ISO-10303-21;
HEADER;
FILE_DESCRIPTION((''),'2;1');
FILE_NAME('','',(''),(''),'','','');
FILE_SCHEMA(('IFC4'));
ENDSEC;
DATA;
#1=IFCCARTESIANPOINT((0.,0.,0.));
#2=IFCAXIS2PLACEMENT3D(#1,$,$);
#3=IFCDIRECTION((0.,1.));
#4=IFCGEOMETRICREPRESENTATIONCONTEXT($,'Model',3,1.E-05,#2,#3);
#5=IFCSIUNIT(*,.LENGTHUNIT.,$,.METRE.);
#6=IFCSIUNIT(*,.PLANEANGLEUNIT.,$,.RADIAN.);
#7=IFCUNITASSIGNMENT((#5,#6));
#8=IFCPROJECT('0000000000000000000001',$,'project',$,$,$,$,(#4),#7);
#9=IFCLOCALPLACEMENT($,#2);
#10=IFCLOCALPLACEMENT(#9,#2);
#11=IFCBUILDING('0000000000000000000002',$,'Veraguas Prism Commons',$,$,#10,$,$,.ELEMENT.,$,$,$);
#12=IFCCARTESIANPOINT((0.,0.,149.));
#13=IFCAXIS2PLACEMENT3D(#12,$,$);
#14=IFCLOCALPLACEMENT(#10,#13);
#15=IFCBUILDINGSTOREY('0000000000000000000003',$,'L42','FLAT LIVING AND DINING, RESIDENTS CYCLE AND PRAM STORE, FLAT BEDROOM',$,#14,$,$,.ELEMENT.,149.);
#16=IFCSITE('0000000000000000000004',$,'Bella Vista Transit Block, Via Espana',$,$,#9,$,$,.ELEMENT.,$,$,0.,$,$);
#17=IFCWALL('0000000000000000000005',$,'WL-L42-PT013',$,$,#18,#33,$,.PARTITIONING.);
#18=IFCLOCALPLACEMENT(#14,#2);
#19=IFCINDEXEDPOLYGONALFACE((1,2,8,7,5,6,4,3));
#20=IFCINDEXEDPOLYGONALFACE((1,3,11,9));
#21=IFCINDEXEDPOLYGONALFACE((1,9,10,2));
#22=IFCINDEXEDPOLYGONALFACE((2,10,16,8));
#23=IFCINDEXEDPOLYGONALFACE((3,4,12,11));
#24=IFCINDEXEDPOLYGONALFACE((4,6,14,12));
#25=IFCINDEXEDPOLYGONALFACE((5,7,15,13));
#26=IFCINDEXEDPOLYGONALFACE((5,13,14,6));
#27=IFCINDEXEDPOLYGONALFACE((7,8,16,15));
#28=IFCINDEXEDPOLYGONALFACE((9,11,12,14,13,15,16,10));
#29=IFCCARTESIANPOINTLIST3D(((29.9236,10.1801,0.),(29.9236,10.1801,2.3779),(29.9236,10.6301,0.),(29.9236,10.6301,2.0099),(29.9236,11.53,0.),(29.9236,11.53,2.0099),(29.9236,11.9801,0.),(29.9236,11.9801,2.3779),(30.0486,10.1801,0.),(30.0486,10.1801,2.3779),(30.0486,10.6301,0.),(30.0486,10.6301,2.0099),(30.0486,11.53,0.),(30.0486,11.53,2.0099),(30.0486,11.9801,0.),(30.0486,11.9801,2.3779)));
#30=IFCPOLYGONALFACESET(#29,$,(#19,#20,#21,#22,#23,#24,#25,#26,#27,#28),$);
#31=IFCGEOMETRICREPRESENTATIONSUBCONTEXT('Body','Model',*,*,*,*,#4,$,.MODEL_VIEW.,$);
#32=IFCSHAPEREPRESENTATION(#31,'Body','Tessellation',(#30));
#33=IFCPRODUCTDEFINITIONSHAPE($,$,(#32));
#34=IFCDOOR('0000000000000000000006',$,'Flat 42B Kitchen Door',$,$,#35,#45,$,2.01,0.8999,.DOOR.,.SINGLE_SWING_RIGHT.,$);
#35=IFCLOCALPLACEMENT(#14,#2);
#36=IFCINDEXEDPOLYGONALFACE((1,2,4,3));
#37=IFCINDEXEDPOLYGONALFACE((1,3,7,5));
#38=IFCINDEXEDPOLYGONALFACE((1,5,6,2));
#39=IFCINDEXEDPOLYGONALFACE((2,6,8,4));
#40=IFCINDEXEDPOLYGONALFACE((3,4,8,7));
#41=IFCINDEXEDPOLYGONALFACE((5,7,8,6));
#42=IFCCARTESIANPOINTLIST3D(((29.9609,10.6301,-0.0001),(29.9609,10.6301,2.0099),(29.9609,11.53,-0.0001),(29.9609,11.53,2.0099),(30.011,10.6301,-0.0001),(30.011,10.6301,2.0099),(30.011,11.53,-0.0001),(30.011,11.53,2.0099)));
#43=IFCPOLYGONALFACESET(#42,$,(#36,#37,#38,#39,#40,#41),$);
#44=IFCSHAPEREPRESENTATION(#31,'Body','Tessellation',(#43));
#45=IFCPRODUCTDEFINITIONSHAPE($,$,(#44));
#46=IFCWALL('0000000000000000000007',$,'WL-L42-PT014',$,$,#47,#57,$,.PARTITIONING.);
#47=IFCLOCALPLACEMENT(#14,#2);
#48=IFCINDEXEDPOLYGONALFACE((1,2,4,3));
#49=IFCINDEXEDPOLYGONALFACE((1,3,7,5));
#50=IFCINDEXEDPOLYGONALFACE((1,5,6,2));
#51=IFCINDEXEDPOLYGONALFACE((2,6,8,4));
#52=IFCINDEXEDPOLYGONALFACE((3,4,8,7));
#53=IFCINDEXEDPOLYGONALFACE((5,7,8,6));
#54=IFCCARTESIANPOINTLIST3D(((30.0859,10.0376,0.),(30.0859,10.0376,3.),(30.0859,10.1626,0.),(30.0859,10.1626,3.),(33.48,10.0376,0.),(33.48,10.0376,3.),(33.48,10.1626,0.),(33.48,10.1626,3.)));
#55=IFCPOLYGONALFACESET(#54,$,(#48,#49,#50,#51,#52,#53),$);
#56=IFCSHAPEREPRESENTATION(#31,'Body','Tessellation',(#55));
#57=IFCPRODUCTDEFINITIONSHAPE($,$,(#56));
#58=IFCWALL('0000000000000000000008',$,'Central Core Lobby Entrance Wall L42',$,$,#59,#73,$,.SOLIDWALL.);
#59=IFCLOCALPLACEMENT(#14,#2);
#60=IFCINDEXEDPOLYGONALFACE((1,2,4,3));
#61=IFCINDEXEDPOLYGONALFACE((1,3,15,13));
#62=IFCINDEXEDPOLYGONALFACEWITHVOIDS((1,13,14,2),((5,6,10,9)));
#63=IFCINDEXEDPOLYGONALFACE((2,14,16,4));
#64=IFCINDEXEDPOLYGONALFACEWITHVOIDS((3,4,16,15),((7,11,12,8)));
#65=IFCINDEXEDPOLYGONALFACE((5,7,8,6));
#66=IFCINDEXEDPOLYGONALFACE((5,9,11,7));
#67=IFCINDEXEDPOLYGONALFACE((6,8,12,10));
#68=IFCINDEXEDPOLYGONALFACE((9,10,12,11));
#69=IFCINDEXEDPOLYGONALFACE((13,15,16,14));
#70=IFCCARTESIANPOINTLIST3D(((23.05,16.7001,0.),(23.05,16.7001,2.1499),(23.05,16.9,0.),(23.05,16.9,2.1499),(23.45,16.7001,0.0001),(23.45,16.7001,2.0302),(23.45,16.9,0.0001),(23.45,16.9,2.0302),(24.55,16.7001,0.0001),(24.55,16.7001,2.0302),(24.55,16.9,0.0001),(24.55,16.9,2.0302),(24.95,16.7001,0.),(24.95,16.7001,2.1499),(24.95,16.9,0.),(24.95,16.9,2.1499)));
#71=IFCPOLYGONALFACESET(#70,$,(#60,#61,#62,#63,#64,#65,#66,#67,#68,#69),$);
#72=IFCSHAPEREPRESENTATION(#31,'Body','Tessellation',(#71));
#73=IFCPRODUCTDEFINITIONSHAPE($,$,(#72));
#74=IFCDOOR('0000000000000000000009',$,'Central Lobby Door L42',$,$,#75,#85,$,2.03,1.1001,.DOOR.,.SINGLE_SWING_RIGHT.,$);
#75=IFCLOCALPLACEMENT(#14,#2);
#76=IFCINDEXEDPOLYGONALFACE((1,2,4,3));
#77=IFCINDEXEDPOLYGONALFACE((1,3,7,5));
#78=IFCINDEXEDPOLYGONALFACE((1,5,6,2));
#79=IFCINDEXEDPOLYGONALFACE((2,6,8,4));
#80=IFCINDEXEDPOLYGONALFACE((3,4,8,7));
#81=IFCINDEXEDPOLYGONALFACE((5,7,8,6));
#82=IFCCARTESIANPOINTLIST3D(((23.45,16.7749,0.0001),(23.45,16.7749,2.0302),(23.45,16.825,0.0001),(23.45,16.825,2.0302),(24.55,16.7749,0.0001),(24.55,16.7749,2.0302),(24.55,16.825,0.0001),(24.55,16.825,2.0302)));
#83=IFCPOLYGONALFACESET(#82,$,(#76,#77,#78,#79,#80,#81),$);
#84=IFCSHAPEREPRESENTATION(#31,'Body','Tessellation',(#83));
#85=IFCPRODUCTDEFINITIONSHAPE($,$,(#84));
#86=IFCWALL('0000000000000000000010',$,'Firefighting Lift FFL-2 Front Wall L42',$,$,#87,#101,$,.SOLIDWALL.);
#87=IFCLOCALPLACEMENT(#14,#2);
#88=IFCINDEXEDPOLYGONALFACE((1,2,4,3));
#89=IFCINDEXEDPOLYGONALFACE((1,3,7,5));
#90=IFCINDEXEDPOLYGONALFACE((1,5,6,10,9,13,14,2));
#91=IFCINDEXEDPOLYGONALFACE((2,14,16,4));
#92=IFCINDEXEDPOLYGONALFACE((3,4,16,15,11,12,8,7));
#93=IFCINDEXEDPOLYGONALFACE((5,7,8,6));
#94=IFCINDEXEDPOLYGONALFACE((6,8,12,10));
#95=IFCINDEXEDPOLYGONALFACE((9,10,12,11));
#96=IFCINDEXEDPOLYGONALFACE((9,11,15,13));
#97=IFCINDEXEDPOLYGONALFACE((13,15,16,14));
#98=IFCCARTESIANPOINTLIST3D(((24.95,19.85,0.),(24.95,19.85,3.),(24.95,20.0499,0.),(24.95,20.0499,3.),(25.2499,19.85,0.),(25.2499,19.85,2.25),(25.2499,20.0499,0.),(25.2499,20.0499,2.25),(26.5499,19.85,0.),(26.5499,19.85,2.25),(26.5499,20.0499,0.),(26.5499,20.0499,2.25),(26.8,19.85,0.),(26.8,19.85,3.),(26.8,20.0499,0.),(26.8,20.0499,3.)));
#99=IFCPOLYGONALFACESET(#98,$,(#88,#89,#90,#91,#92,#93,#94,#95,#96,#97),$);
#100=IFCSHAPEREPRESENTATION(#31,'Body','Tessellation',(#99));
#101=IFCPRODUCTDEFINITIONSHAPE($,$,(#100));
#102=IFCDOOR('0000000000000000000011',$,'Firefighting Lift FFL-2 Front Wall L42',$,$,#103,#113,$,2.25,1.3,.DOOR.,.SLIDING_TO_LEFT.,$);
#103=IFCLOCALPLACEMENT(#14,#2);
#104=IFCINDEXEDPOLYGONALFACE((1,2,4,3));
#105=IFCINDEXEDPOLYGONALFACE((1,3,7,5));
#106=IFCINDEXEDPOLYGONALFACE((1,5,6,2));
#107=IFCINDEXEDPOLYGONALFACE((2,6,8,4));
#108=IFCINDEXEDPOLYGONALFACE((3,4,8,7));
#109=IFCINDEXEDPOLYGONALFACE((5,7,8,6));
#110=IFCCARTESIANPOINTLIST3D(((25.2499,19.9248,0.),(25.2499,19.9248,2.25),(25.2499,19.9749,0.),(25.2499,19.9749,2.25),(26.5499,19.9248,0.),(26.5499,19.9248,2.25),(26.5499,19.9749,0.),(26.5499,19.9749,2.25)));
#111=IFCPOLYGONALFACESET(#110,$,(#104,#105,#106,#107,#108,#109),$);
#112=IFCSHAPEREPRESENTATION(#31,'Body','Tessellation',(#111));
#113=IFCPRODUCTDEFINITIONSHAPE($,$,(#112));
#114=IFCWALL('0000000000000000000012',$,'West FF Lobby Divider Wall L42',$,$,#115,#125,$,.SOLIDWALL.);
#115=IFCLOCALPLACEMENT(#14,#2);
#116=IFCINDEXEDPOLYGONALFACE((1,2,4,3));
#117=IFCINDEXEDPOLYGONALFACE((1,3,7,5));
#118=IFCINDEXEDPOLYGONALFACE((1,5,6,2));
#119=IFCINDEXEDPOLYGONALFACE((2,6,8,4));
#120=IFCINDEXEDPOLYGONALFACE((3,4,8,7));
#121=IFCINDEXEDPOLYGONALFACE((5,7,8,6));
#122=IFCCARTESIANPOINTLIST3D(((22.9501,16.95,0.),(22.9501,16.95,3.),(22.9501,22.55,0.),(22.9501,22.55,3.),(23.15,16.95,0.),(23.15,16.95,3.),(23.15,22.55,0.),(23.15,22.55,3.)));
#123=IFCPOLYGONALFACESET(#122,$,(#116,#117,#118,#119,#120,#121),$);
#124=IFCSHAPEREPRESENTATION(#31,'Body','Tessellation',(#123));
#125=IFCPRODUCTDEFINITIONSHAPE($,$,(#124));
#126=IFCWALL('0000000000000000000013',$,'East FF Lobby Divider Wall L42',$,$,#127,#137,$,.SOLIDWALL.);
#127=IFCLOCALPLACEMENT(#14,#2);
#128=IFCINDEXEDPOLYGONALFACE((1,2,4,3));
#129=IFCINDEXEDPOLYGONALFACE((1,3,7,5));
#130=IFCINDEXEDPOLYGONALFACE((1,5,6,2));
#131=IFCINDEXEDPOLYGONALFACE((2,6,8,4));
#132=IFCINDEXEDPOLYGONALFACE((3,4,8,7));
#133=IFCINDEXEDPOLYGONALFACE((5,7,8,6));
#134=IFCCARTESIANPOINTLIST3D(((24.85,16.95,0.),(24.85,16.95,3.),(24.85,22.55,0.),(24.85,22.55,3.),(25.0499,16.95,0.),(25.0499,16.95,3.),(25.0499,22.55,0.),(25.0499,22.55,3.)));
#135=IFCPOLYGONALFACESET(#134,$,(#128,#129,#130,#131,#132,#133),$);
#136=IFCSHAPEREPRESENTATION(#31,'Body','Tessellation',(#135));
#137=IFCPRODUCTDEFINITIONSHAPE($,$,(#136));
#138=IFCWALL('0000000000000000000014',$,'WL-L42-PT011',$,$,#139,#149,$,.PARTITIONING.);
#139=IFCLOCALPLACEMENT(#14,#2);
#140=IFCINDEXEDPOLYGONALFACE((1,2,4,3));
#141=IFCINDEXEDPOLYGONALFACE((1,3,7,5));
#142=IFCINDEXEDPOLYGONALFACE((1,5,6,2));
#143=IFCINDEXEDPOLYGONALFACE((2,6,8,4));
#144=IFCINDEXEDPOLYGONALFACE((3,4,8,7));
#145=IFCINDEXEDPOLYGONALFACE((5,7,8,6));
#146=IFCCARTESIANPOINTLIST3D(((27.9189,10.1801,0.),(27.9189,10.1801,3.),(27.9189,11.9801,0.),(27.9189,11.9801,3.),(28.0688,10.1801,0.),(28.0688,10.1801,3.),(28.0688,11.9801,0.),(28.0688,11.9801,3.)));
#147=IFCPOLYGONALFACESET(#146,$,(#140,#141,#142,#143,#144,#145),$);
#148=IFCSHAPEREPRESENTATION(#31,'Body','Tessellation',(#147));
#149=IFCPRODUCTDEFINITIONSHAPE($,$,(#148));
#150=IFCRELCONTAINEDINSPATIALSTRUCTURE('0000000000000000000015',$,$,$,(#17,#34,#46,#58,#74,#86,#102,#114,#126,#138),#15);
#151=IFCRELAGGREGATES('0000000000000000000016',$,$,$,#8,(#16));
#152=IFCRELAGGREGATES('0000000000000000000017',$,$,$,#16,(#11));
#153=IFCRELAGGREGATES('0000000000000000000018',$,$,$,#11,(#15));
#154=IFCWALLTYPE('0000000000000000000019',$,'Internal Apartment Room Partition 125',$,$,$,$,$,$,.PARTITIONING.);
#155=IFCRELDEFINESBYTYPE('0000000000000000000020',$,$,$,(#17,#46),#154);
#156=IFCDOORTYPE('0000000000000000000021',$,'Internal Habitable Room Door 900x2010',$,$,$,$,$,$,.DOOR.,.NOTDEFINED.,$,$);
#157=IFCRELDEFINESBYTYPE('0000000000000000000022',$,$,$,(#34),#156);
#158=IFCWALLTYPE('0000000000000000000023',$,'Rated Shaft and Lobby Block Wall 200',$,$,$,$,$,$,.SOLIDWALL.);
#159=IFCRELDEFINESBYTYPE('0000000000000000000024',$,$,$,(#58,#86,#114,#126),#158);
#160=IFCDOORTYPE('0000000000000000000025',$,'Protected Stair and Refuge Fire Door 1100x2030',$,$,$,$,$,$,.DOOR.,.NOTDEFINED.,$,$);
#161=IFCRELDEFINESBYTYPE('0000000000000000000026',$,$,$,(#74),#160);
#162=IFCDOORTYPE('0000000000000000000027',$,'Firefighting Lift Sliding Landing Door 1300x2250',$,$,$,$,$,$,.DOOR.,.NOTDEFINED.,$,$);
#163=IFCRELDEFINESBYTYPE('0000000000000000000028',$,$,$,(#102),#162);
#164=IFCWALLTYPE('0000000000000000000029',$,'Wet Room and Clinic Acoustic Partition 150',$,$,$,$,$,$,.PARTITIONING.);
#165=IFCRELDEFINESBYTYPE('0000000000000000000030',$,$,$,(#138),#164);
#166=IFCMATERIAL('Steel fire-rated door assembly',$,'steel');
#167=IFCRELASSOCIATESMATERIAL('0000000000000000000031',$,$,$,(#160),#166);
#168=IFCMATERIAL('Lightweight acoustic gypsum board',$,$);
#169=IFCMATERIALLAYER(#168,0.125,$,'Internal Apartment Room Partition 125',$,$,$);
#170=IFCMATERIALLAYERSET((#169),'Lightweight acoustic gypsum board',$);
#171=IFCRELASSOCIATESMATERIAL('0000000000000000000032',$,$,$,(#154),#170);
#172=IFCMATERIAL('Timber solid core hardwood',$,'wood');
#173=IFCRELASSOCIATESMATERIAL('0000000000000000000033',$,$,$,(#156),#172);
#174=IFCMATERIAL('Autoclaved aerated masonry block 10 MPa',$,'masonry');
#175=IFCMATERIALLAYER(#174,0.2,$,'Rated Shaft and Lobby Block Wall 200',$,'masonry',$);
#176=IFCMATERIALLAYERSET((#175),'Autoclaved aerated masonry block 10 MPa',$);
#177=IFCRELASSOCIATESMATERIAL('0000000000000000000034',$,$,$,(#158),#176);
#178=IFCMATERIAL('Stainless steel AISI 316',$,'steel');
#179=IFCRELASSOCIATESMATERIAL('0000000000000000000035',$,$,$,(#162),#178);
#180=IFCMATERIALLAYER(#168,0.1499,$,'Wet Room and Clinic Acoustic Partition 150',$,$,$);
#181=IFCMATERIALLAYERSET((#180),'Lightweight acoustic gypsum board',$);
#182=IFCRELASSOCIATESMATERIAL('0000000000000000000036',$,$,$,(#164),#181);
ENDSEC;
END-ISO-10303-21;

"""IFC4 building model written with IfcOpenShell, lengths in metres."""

from ifc_helpers import new_model, si_unit, direction, frame, frame_2d, origin, place, context, subcontext, project, spatial, rectangle, extrude, source, transform, mapped, material, layer, layer_set, type_object, element, fill, save


model = new_model("IFC4")

# Units and contexts
model_context = context("Model", 3, precision=1e-05, world=origin(), true_north=direction((0.0, 1.0)))
body_context = subcontext(model_context, "Body", "Model", "MODEL_VIEW")
ifc_project = project(units=[si_unit("LENGTHUNIT", "METRE"), si_unit("PLANEANGLEUNIT", "RADIAN")], contexts=[model_context])

# Site, building, storey
site_placement = place(None, origin())
site = spatial("IfcSite", under=ifc_project, at=site_placement, Name="Bella Vista Transit Block, Via Espana", CompositionType="ELEMENT", RefElevation=0.0)
building_placement = place(site_placement, origin())
building = spatial("IfcBuilding", under=site, at=building_placement, Name="Veraguas Prism Commons", CompositionType="ELEMENT")
storey_placement = place(building_placement, frame((0.0, 0.0, 149.0)))
storey = spatial("IfcBuildingStorey", under=building, at=storey_placement, Name="L42", Description="FLAT LIVING AND DINING, RESIDENTS CYCLE AND PRAM STORE, FLAT BEDROOM", CompositionType="ELEMENT", Elevation=149.0)

# Shared definitions
ifc_material_1 = material(Name="Steel fire-rated door assembly", Category="steel")
door_type_1 = type_object("IfcDoorType", Name="Protected Stair and Refuge Fire Door 1100x2030", OperationType="NOTDEFINED", PredefinedType="DOOR", material=ifc_material_1)
shared_shape_1 = source(origin(), body_context, "Body", "SweptSolid", [
    extrude(rectangle(XDim=1.1001, YDim=2.03, at=frame_2d((0.55, 1.0151))), frame((0.0, 0.0249, 0.0), z_axis=(0.0, -1.0, 0.0), x_axis=(1.0, 0.0, 0.0)), (0.0, 0.0, 1.0), 0.05),
])

# Shared definitions
ifc_material_2 = material(Name="Autoclaved aerated masonry block 10 MPa", Category="masonry")

# Wall, opening, door
ifc_material_3 = material(Name="Lightweight acoustic gypsum board")
ifc_layer_1 = layer(ifc_material_3, 0.125, Name="Internal Apartment Room Partition 125")
ifc_layer_set_1 = layer_set([ifc_layer_1], Name="Lightweight acoustic gypsum board")
wall_type_1 = type_object("IfcWallType", Name="Internal Apartment Room Partition 125", PredefinedType="PARTITIONING", material=ifc_layer_set_1)
wall_1_placement = place(storey_placement, frame((29.9861, 11.98, 0.0), z_axis=(0.0, 0.0, 1.0), x_axis=(0.0, -1.0, 0.0)))
wall_1 = element("IfcWall", 1, at=wall_1_placement, inside=storey, type_object=wall_type_1, Name="WL-L42-PT013", PredefinedType="PARTITIONING", context=body_context, shape_type="SweptSolid", body=[
    extrude(rectangle(XDim=1.8, YDim=0.125, at=frame_2d((0.8999, 0.0))), origin(), (0.0, 0.0, 1.0), 2.3779),
])
opening_1_placement = place(wall_1_placement, frame((0.45, 0.0, 0.0)))
opening_1 = element("IfcOpeningElement", 2, at=opening_1_placement, cuts=wall_1, PredefinedType="OPENING", context=body_context, shape_type="SweptSolid", body=[
    extrude(rectangle(XDim=0.8999, YDim=2.01, at=frame_2d((0.45, 1.0049))), frame((0.0, 0.0725, 0.0), z_axis=(0.0, -1.0, 0.0), x_axis=(1.0, 0.0, 0.0)), (0.0, 0.0, 1.0), 0.145),
])
ifc_material_4 = material(Name="Timber solid core hardwood", Category="wood")
door_type_2 = type_object("IfcDoorType", Name="Internal Habitable Room Door 900x2010", OperationType="NOTDEFINED", PredefinedType="DOOR", material=ifc_material_4)
shared_shape_2 = source(origin(), body_context, "Body", "SweptSolid", [
    extrude(rectangle(XDim=0.8999, YDim=2.01, at=frame_2d((0.45, 1.0049))), frame((0.0, 0.0249, 0.0), z_axis=(0.0, -1.0, 0.0), x_axis=(1.0, 0.0, 0.0)), (0.0, 0.0, 1.0), 0.05),
])
door_1_placement = place(opening_1_placement, origin())
door_1 = element("IfcDoor", 3, at=door_1_placement, inside=storey, type_object=door_type_2, Name="Flat 42B Kitchen Door", OperationType="SINGLE_SWING_RIGHT", OverallHeight=2.01, OverallWidth=0.8999, PredefinedType="DOOR", context=body_context, shape_type="MappedRepresentation", body=[
    mapped(shared_shape_2, transform((0.0, 0.0, 0.0), scale=1.0)),
])
fill(opening_1, door_1)

# Wall
wall_2_placement = place(storey_placement, frame((30.0859, 10.1001, 0.0), z_axis=(0.0, 0.0, 1.0), x_axis=(1.0, 0.0, 0.0)))
element("IfcWall", 4, at=wall_2_placement, inside=storey, type_object=wall_type_1, Name="WL-L42-PT014", PredefinedType="PARTITIONING", context=body_context, shape_type="SweptSolid", body=[
    extrude(rectangle(XDim=3.394, YDim=0.125, at=frame_2d((1.697, 0.0))), origin(), (0.0, 0.0, 1.0), 3.0),
])

# Walls, openings, doors
ifc_layer_2 = layer(ifc_material_2, 0.2, Name="Rated Shaft and Lobby Block Wall 200", Category="masonry")
ifc_layer_set_2 = layer_set([ifc_layer_2], Name="Autoclaved aerated masonry block 10 MPa")
wall_type_2 = type_object("IfcWallType", Name="Rated Shaft and Lobby Block Wall 200", PredefinedType="SOLIDWALL", material=ifc_layer_set_2)
wall_3_placement = place(storey_placement, frame((23.05, 16.8, 0.0), z_axis=(0.0, 0.0, 1.0), x_axis=(1.0, 0.0, 0.0)))
wall_3 = element("IfcWall", 5, at=wall_3_placement, inside=storey, type_object=wall_type_2, Name="Central Core Lobby Entrance Wall L42", PredefinedType="SOLIDWALL", context=body_context, shape_type="SweptSolid", body=[
    extrude(rectangle(XDim=1.8999, YDim=0.2, at=frame_2d((0.95, 0.0))), origin(), (0.0, 0.0, 1.0), 2.1499),
])
opening_2_placement = place(wall_3_placement, frame((0.3999, 0.0, 0.0)))
opening_2 = element("IfcOpeningElement", 6, at=opening_2_placement, cuts=wall_3, PredefinedType="OPENING", context=body_context, shape_type="SweptSolid", body=[
    extrude(rectangle(XDim=1.1001, YDim=2.03, at=frame_2d((0.55, 1.0151))), frame((0.0, 0.1099, 0.0), z_axis=(0.0, -1.0, 0.0), x_axis=(1.0, 0.0, 0.0)), (0.0, 0.0, 1.0), 0.22),
])
door_2_placement = place(opening_2_placement, origin())
door_2 = element("IfcDoor", 7, at=door_2_placement, inside=storey, type_object=door_type_1, Name="Central Lobby Door L42", OperationType="SINGLE_SWING_RIGHT", OverallHeight=2.03, OverallWidth=1.1001, PredefinedType="DOOR", context=body_context, shape_type="MappedRepresentation", body=[
    mapped(shared_shape_1, transform((0.0, 0.0, 0.0), scale=1.0)),
])
fill(opening_2, door_2)
wall_4_placement = place(storey_placement, frame((24.95, 19.95, 0.0), z_axis=(0.0, 0.0, 1.0), x_axis=(1.0, 0.0, 0.0)))
wall_4 = element("IfcWall", 8, at=wall_4_placement, inside=storey, type_object=wall_type_2, Name="Firefighting Lift FFL-2 Front Wall L42", PredefinedType="SOLIDWALL", context=body_context, shape_type="SweptSolid", body=[
    extrude(rectangle(XDim=1.8501, YDim=0.2, at=frame_2d((0.925, 0.0))), origin(), (0.0, 0.0, 1.0), 3.0),
])
opening_3_placement = place(wall_4_placement, frame((0.3, 0.0, 0.0)))
opening_3 = element("IfcOpeningElement", 9, at=opening_3_placement, cuts=wall_4, PredefinedType="OPENING", context=body_context, shape_type="SweptSolid", body=[
    extrude(rectangle(XDim=1.3, YDim=2.25, at=frame_2d((0.6499, 1.125))), frame((0.0, 0.1099, 0.0), z_axis=(0.0, -1.0, 0.0), x_axis=(1.0, 0.0, 0.0)), (0.0, 0.0, 1.0), 0.22),
])
ifc_material_5 = material(Name="Stainless steel AISI 316", Category="steel")
door_type_3 = type_object("IfcDoorType", Name="Firefighting Lift Sliding Landing Door 1300x2250", OperationType="NOTDEFINED", PredefinedType="DOOR", material=ifc_material_5)
shared_shape_3 = source(origin(), body_context, "Body", "SweptSolid", [
    extrude(rectangle(XDim=1.3, YDim=2.25, at=frame_2d((0.6499, 1.125))), frame((0.0, 0.0249, 0.0), z_axis=(0.0, -1.0, 0.0), x_axis=(1.0, 0.0, 0.0)), (0.0, 0.0, 1.0), 0.05),
])
door_3_placement = place(opening_3_placement, origin())
door_3 = element("IfcDoor", 10, at=door_3_placement, inside=storey, type_object=door_type_3, Name="Firefighting Lift FFL-2 Front Wall L42", OperationType="SLIDING_TO_LEFT", OverallHeight=2.25, OverallWidth=1.3, PredefinedType="DOOR", context=body_context, shape_type="MappedRepresentation", body=[
    mapped(shared_shape_3, transform((0.0, 0.0, 0.0), scale=1.0)),
])
fill(opening_3, door_3)

# Walls
for number, where, z_axis, x_axis, name in (
    (11, (23.05, 16.95, 0.0), (0.0, 0.0, 1.0), (0.0, 1.0, 0.0), "West FF Lobby Divider Wall L42"),
    (12, (24.95, 16.95, 0.0), (0.0, 0.0, 1.0), (0.0, 1.0, 0.0), "East FF Lobby Divider Wall L42"),
):
    element("IfcWall", number, at=place(storey_placement, frame(where, z_axis=z_axis, x_axis=x_axis)), inside=storey, type_object=wall_type_2, Name=name, PredefinedType="SOLIDWALL", context=body_context, shape_type="SweptSolid", body=[
        extrude(rectangle(XDim=5.6001, YDim=0.2, at=frame_2d((2.8, 0.0))), origin(), (0.0, 0.0, 1.0), 3.0),
    ])
ifc_layer_3 = layer(ifc_material_3, 0.1499, Name="Wet Room and Clinic Acoustic Partition 150")
ifc_layer_set_3 = layer_set([ifc_layer_3], Name="Lightweight acoustic gypsum board")
wall_type_3 = type_object("IfcWallType", Name="Wet Room and Clinic Acoustic Partition 150", PredefinedType="PARTITIONING", material=ifc_layer_set_3)
wall_5_placement = place(storey_placement, frame((27.9939, 11.98, 0.0), z_axis=(0.0, 0.0, 1.0), x_axis=(0.0, -1.0, 0.0)))
element("IfcWall", 13, at=wall_5_placement, inside=storey, type_object=wall_type_3, Name="WL-L42-PT011", PredefinedType="PARTITIONING", context=body_context, shape_type="SweptSolid", body=[
    extrude(rectangle(XDim=1.8, YDim=0.1499, at=frame_2d((0.8999, 0.0))), origin(), (0.0, 0.0, 1.0), 3.0),
])

save(model, "model.ifc")
